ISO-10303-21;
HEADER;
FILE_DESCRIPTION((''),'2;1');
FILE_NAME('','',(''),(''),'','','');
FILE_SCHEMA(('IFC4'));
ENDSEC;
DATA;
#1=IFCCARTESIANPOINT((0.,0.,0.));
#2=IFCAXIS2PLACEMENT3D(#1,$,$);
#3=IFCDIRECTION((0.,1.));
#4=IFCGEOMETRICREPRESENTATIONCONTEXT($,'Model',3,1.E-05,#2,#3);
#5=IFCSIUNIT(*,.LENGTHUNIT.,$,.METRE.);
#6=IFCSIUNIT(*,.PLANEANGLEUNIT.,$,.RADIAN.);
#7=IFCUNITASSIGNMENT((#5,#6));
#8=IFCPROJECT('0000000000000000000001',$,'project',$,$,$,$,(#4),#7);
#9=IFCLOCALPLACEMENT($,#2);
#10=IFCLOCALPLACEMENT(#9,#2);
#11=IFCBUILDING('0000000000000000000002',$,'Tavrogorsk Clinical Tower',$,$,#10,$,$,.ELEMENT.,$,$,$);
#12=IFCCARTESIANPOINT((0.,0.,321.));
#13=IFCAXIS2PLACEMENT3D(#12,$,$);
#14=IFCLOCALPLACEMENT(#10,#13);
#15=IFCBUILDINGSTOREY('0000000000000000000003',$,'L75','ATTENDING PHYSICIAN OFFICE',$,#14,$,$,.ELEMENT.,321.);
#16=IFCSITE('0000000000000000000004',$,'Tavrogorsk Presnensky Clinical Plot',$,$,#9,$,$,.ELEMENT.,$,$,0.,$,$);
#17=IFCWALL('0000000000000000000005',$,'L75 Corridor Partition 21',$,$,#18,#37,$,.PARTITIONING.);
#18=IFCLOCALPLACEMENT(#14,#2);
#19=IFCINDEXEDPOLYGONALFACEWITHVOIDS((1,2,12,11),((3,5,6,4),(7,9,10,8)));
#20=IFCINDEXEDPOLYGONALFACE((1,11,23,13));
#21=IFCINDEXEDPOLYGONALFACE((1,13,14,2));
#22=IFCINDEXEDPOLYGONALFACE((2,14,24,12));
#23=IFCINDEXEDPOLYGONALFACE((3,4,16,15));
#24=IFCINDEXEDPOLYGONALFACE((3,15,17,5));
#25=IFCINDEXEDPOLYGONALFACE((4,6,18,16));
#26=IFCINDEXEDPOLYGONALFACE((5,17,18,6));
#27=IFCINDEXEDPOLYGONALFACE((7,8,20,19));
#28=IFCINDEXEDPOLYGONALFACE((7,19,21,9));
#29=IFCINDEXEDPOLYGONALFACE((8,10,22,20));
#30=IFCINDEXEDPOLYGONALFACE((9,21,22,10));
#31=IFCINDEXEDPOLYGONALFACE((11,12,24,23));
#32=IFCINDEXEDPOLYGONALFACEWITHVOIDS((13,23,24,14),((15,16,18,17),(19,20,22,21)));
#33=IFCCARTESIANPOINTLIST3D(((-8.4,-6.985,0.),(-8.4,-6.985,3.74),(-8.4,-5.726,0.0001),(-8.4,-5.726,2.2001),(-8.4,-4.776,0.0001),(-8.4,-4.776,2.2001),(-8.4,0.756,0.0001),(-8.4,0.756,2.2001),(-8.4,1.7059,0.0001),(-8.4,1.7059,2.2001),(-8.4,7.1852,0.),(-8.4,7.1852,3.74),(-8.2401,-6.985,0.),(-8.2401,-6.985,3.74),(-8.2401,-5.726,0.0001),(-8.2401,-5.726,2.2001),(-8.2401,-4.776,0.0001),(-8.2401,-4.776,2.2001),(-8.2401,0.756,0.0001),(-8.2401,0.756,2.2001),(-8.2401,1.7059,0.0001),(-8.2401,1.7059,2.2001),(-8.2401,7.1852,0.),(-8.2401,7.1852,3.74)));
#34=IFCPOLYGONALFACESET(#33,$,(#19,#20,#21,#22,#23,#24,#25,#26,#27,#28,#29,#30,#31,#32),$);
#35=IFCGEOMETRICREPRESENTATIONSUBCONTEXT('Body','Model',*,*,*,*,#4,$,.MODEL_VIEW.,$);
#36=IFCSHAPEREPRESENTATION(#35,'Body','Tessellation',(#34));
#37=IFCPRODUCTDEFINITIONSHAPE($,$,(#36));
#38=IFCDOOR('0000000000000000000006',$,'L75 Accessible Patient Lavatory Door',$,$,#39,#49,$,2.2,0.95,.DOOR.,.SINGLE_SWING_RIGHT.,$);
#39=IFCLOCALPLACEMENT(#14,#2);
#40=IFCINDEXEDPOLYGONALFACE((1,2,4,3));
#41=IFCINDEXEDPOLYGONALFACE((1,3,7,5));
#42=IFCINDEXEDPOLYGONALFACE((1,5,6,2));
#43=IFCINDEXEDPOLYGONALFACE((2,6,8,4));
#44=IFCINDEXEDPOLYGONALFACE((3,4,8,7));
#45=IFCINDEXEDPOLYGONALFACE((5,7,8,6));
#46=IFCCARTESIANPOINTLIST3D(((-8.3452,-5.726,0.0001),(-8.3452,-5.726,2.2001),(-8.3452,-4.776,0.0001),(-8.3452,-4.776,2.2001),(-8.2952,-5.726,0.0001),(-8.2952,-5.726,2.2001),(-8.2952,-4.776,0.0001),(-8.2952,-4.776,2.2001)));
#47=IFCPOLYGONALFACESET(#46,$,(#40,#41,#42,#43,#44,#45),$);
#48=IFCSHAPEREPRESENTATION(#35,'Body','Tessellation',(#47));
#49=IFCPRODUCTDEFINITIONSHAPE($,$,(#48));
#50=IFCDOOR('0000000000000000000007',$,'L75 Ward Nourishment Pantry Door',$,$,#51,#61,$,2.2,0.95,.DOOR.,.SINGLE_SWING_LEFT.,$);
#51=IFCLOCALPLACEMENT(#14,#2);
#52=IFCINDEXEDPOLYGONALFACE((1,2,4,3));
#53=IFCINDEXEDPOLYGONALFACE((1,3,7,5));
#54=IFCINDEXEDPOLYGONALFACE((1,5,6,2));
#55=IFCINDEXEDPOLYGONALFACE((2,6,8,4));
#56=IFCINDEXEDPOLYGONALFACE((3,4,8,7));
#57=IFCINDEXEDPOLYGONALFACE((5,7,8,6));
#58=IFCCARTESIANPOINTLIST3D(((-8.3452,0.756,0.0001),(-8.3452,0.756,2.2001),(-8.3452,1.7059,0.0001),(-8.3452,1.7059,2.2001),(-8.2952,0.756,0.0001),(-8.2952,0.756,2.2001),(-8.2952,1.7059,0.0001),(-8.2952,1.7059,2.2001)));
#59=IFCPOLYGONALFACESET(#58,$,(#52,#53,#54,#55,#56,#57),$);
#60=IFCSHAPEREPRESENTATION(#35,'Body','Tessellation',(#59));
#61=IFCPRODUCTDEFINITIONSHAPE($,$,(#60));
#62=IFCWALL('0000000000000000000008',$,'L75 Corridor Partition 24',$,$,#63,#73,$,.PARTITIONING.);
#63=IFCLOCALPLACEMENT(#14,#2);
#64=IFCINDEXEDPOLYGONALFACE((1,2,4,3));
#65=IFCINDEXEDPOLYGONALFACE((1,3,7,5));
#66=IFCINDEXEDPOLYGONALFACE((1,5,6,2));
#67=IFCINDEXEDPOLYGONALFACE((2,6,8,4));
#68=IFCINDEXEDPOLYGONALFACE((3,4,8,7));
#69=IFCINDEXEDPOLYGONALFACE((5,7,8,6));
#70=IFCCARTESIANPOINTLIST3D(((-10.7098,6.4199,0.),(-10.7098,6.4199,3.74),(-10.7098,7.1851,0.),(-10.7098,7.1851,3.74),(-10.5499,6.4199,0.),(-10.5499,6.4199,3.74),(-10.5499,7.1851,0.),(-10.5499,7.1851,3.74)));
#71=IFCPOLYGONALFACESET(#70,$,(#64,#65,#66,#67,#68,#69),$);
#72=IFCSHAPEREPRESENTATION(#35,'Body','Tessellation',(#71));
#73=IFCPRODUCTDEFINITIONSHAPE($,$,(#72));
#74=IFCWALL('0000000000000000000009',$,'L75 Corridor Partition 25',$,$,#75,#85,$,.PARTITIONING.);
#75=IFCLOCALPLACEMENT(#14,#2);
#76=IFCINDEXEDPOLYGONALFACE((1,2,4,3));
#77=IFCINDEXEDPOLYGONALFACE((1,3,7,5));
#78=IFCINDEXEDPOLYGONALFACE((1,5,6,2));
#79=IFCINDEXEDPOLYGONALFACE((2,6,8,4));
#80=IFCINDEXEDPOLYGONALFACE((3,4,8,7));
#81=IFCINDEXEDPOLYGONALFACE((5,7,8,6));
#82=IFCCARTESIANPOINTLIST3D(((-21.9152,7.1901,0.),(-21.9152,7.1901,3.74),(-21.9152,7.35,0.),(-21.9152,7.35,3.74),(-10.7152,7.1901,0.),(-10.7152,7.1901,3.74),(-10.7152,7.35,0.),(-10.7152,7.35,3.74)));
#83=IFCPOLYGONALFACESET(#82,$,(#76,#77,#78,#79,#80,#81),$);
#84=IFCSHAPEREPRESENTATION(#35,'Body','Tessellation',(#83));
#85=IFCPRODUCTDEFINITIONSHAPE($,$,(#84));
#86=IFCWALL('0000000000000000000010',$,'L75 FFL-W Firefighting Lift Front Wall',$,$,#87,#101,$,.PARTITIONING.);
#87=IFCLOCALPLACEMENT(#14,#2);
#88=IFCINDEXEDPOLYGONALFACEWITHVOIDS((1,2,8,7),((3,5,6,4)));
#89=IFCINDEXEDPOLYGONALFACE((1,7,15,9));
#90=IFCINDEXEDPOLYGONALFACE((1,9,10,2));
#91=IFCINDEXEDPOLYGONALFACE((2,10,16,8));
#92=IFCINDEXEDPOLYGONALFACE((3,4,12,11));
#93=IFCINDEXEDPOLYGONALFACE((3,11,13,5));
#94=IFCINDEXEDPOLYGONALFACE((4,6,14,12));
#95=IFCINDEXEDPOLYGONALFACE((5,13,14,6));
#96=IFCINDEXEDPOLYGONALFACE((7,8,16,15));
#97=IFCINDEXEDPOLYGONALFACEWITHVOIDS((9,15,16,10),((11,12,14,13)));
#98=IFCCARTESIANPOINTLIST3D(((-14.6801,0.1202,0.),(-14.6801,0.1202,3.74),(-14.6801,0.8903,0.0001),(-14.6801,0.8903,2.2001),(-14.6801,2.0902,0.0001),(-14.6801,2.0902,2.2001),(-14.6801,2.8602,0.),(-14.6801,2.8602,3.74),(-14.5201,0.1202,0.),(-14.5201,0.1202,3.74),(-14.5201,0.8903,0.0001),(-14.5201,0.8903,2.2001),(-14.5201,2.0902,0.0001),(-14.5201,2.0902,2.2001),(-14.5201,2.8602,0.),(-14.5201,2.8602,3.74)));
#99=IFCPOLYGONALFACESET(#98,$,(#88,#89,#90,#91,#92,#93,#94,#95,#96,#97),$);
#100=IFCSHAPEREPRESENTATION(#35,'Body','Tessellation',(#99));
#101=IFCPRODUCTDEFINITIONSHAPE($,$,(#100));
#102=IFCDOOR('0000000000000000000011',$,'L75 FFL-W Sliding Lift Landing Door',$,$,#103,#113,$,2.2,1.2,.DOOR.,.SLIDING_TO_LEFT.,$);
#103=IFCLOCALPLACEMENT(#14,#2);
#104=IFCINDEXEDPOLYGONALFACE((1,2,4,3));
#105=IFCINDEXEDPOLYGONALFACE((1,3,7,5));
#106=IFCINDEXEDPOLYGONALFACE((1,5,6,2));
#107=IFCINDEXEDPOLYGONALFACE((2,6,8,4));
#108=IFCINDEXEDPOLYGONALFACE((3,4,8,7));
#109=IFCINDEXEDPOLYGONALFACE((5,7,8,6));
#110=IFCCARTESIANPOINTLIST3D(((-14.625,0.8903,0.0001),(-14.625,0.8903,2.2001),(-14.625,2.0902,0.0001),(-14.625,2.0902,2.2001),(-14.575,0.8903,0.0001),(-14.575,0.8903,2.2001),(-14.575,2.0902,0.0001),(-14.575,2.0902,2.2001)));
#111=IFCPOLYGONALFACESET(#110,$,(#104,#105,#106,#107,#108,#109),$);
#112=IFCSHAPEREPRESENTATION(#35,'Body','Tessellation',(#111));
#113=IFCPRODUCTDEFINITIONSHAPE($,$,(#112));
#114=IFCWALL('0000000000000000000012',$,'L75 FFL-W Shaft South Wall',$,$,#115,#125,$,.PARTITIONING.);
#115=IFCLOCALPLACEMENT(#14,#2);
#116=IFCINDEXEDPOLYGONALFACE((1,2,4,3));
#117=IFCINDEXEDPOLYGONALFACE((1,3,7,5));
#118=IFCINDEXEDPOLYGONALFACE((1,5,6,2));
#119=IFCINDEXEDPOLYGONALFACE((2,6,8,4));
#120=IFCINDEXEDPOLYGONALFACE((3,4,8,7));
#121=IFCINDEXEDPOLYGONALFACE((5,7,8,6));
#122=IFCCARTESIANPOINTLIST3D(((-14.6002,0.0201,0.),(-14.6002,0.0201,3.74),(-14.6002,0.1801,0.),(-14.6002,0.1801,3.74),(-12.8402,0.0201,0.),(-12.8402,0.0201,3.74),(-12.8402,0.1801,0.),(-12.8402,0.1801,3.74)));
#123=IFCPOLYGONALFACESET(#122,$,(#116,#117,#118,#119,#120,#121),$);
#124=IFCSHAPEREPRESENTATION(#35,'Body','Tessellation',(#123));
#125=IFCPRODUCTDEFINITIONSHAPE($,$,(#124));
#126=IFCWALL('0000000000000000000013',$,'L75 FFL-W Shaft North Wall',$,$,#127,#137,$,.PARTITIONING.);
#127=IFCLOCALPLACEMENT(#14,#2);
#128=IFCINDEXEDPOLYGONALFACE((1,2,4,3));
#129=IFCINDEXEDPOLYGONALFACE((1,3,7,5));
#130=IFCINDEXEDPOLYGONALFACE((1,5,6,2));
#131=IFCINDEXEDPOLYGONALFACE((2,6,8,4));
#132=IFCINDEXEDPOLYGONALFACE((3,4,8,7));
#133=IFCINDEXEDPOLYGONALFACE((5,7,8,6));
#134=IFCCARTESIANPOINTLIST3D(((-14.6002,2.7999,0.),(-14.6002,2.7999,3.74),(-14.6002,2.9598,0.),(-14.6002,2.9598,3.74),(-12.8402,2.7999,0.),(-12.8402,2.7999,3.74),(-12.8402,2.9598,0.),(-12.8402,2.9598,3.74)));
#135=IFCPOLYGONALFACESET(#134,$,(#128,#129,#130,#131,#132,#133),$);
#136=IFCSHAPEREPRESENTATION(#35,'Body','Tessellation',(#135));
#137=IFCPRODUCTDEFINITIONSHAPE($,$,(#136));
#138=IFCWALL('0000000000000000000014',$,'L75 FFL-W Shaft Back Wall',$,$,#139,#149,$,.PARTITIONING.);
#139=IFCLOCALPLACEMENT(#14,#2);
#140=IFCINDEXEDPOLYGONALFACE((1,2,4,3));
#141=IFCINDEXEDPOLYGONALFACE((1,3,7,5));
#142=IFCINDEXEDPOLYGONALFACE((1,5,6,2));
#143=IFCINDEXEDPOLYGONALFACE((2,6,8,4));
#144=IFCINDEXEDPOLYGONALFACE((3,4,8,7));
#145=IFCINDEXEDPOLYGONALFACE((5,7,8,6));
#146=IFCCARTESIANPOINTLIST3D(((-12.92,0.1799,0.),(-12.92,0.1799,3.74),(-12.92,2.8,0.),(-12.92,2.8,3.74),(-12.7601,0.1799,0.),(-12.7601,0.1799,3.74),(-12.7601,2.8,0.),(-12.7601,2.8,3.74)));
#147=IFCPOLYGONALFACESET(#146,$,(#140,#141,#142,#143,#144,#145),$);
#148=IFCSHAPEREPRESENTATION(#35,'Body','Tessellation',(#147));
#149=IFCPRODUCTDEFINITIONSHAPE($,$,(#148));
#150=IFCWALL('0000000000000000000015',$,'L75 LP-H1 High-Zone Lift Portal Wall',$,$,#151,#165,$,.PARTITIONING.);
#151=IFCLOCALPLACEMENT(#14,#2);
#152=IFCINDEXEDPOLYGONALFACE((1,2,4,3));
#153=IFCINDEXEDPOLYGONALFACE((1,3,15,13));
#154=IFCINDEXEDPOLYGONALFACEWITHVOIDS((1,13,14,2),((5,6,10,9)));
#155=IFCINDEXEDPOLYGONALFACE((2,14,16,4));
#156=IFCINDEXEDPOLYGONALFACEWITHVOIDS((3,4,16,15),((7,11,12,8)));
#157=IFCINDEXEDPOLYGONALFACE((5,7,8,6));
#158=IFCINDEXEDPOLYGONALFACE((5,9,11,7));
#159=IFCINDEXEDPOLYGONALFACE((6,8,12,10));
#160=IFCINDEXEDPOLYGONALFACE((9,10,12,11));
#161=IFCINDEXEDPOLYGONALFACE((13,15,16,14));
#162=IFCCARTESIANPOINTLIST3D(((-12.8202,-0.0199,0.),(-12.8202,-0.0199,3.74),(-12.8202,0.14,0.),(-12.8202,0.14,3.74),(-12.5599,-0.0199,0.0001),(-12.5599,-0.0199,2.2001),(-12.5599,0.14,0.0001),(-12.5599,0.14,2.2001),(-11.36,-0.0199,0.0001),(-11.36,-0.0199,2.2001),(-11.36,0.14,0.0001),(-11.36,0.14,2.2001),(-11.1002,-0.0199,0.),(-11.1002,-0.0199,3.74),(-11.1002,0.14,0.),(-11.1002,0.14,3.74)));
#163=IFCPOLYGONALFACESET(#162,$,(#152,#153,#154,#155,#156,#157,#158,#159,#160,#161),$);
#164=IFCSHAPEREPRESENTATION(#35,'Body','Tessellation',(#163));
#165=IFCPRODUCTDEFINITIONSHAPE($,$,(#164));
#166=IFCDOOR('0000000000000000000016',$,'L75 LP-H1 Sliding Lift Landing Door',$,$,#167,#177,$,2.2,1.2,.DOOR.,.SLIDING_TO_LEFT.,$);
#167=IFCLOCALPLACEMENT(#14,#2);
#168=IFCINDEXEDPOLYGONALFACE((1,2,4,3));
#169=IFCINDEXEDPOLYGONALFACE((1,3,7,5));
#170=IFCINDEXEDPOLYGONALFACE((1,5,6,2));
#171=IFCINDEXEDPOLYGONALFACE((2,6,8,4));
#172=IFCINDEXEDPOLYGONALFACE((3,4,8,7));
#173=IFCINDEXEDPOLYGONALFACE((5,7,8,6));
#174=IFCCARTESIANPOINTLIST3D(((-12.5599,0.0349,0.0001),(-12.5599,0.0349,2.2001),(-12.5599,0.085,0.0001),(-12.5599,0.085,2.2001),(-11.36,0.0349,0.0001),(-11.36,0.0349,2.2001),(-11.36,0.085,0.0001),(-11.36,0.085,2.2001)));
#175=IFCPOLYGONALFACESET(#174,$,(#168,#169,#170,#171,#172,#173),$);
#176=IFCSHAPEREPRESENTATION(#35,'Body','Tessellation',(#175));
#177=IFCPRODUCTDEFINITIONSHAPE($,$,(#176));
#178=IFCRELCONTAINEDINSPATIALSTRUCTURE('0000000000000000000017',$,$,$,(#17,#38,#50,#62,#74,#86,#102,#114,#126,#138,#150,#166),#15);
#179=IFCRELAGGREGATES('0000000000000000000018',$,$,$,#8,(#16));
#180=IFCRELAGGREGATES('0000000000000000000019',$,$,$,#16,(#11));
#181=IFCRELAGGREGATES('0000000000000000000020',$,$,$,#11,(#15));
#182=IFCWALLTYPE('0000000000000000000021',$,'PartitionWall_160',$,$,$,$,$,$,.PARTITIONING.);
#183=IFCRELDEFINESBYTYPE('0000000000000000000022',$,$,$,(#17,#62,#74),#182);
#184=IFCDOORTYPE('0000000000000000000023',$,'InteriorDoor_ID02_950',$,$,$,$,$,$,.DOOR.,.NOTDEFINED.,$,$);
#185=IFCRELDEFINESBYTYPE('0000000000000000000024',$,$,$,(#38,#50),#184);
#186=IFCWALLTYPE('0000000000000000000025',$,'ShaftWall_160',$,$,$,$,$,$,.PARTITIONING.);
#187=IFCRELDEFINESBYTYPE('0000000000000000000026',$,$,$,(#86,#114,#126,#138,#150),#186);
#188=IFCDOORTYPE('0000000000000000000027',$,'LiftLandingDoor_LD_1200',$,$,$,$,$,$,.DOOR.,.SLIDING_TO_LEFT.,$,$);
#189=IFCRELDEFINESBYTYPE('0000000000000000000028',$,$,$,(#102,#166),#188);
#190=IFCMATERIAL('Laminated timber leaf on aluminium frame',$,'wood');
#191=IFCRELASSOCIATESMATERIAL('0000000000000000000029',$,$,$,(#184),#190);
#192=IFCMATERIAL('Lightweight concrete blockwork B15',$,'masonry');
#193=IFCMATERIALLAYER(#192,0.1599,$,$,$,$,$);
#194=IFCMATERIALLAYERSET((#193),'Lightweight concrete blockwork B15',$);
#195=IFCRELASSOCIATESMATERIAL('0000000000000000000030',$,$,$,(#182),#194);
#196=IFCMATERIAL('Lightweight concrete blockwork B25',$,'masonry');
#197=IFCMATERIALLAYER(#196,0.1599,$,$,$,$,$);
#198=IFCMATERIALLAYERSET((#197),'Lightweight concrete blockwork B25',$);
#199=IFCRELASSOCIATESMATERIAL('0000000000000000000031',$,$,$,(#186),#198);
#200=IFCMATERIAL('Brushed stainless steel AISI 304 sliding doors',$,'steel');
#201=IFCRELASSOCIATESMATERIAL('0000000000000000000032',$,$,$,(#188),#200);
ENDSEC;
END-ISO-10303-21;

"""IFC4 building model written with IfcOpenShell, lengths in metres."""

from ifc_helpers import new_model, si_unit, direction, frame, frame_2d, origin, place, context, subcontext, project, spatial, rectangle, extrude, material, layer, layer_set, type_object, element, fill, save


model = new_model("IFC4")

# Units and contexts
model_context = context("Model", 3, precision=1e-05, world=origin(), true_north=direction((0.0, 1.0)))
body_context = subcontext(model_context, "Body", "Model", "MODEL_VIEW")
ifc_project = project(units=[si_unit("LENGTHUNIT", "METRE"), si_unit("PLANEANGLEUNIT", "RADIAN")], contexts=[model_context])

# Site, building, storey
site_placement = place(None, origin())
site = spatial("IfcSite", under=ifc_project, at=site_placement, Name="Tavrogorsk Presnensky Clinical Plot", CompositionType="ELEMENT", RefElevation=0.0)
building_placement = place(site_placement, origin())
building = spatial("IfcBuilding", under=site, at=building_placement, Name="Tavrogorsk Clinical Tower", CompositionType="ELEMENT")
storey_placement = place(building_placement, frame((0.0, 0.0, 321.0)))
storey = spatial("IfcBuildingStorey", under=building, at=storey_placement, Name="L75", Description="ATTENDING PHYSICIAN OFFICE", CompositionType="ELEMENT", Elevation=321.0)

# Shared definitions
ifc_material_1 = material(Name="Laminated timber leaf on aluminium frame", Category="wood")
door_type_1 = type_object("IfcDoorType", Name="InteriorDoor_ID02_950", OperationType="NOTDEFINED", PredefinedType="DOOR", material=ifc_material_1)

# Shared definitions
ifc_material_2 = material(Name="Lightweight concrete blockwork B15", Category="masonry")
ifc_layer_1 = layer(ifc_material_2, 0.1599)
ifc_layer_set_1 = layer_set([ifc_layer_1], Name="Lightweight concrete blockwork B15")
wall_type_1 = type_object("IfcWallType", Name="PartitionWall_160", PredefinedType="PARTITIONING", material=ifc_layer_set_1)

# Wall, openings, doors
wall_1_placement = place(storey_placement, frame((-8.3201, 7.1851, 0.0), z_axis=(0.0, 0.0, 1.0), x_axis=(0.0, -1.0, 0.0)))
wall_1 = element("IfcWall", 1, at=wall_1_placement, inside=storey, type_object=wall_type_1, Name="L75 Corridor Partition 21", PredefinedType="PARTITIONING", context=body_context, shape_type="SweptSolid", body=[
    extrude(rectangle(XDim=14.1702, YDim=0.1599, at=frame_2d((7.085, 0.0))), origin(), (0.0, 0.0, 1.0), 3.74),
])
opening_1_placement = place(wall_1_placement, frame((11.9609, 0.0, 0.0)))
opening_1 = element("IfcOpeningElement", 2, at=opening_1_placement, cuts=wall_1, PredefinedType="OPENING", context=body_context, shape_type="SweptSolid", body=[
    extrude(rectangle(XDim=0.95, YDim=2.2, at=frame_2d((0.4751, 1.1001))), frame((0.0, 0.0898, 0.0), z_axis=(0.0, -1.0, 0.0), x_axis=(1.0, 0.0, 0.0)), (0.0, 0.0, 1.0), 0.1799),
])
opening_2_placement = place(wall_1_placement, frame((5.479, 0.0, 0.0)))
opening_2 = element("IfcOpeningElement", 3, at=opening_2_placement, cuts=wall_1, PredefinedType="OPENING", context=body_context, shape_type="SweptSolid", body=[
    extrude(rectangle(XDim=0.95, YDim=2.2, at=frame_2d((0.4751, 1.1001))), frame((0.0, 0.0898, 0.0), z_axis=(0.0, -1.0, 0.0), x_axis=(1.0, 0.0, 0.0)), (0.0, 0.0, 1.0), 0.1799),
])
door_1_placement = place(opening_1_placement, origin())
door_1 = element("IfcDoor", 4, at=door_1_placement, inside=storey, type_object=door_type_1, Name="L75 Accessible Patient Lavatory Door", OperationType="SINGLE_SWING_RIGHT", OverallHeight=2.2, OverallWidth=0.95, PredefinedType="DOOR", context=body_context, shape_type="SweptSolid", body=[
    extrude(rectangle(XDim=0.95, YDim=2.2, at=frame_2d((0.4751, 1.1001))), frame((0.0, 0.0249, 0.0), z_axis=(0.0, -1.0, 0.0), x_axis=(1.0, 0.0, 0.0)), (0.0, 0.0, 1.0), 0.05),
])
fill(opening_1, door_1)
door_2_placement = place(opening_2_placement, origin())
door_2 = element("IfcDoor", 5, at=door_2_placement, inside=storey, type_object=door_type_1, Name="L75 Ward Nourishment Pantry Door", OperationType="SINGLE_SWING_LEFT", OverallHeight=2.2, OverallWidth=0.95, PredefinedType="DOOR", context=body_context, shape_type="SweptSolid", body=[
    extrude(rectangle(XDim=0.95, YDim=2.2, at=frame_2d((0.4751, 1.1001))), frame((0.0, 0.0249, 0.0), z_axis=(0.0, -1.0, 0.0), x_axis=(1.0, 0.0, 0.0)), (0.0, 0.0, 1.0), 0.05),
])
fill(opening_2, door_2)

# Walls
wall_2_placement = place(storey_placement, frame((-10.6299, 6.4199, 0.0), z_axis=(0.0, 0.0, 1.0), x_axis=(0.0, 1.0, 0.0)))
element("IfcWall", 6, at=wall_2_placement, inside=storey, type_object=wall_type_1, Name="L75 Corridor Partition 24", PredefinedType="PARTITIONING", context=body_context, shape_type="SweptSolid", body=[
    extrude(rectangle(XDim=0.7651, YDim=0.1599, at=frame_2d((0.3826, 0.0))), origin(), (0.0, 0.0, 1.0), 3.74),
])
wall_3_placement = place(storey_placement, frame((-10.7151, 7.27, 0.0), z_axis=(0.0, 0.0, 1.0), x_axis=(-1.0, 0.0, 0.0)))
element("IfcWall", 7, at=wall_3_placement, inside=storey, type_object=wall_type_1, Name="L75 Corridor Partition 25", PredefinedType="PARTITIONING", context=body_context, shape_type="SweptSolid", body=[
    extrude(rectangle(XDim=11.2, YDim=0.1599, at=frame_2d((5.6001, 0.0))), origin(), (0.0, 0.0, 1.0), 3.74),
])

# Wall, opening, door
ifc_material_3 = material(Name="Lightweight concrete blockwork B25", Category="masonry")
ifc_layer_2 = layer(ifc_material_3, 0.1599)
ifc_layer_set_2 = layer_set([ifc_layer_2], Name="Lightweight concrete blockwork B25")
wall_type_2 = type_object("IfcWallType", Name="ShaftWall_160", PredefinedType="PARTITIONING", material=ifc_layer_set_2)
wall_4_placement = place(storey_placement, frame((-14.6001, 0.1201, 0.0), z_axis=(0.0, 0.0, 1.0), x_axis=(0.0, 1.0, 0.0)))
wall_4 = element("IfcWall", 8, at=wall_4_placement, inside=storey, type_object=wall_type_2, Name="L75 FFL-W Firefighting Lift Front Wall", PredefinedType="PARTITIONING", context=body_context, shape_type="SweptSolid", body=[
    extrude(rectangle(XDim=2.74, YDim=0.1599, at=frame_2d((1.3701, 0.0))), origin(), (0.0, 0.0, 1.0), 3.74),
])
opening_3_placement = place(wall_4_placement, frame((0.77, 0.0, 0.0)))
opening_3 = element("IfcOpeningElement", 9, at=opening_3_placement, cuts=wall_4, PredefinedType="OPENING", context=body_context, shape_type="SweptSolid", body=[
    extrude(rectangle(XDim=1.2, YDim=2.2, at=frame_2d((0.6001, 1.1001))), frame((0.0, 0.0898, 0.0), z_axis=(0.0, -1.0, 0.0), x_axis=(1.0, 0.0, 0.0)), (0.0, 0.0, 1.0), 0.1799),
])
ifc_material_4 = material(Name="Brushed stainless steel AISI 304 sliding doors", Category="steel")
door_type_2 = type_object("IfcDoorType", Name="LiftLandingDoor_LD_1200", OperationType="SLIDING_TO_LEFT", PredefinedType="DOOR", material=ifc_material_4)
door_3_placement = place(opening_3_placement, origin())
door_3 = element("IfcDoor", 10, at=door_3_placement, inside=storey, type_object=door_type_2, Name="L75 FFL-W Sliding Lift Landing Door", OperationType="SLIDING_TO_LEFT", OverallHeight=2.2, OverallWidth=1.2, PredefinedType="DOOR", context=body_context, shape_type="SweptSolid", body=[
    extrude(rectangle(XDim=1.2, YDim=2.2, at=frame_2d((0.6001, 1.1001))), frame((0.0, 0.0249, 0.0), z_axis=(0.0, -1.0, 0.0), x_axis=(1.0, 0.0, 0.0)), (0.0, 0.0, 1.0), 0.05),
])
fill(opening_3, door_3)

# Walls
for number, where, z_axis, x_axis, name in (
    (11, (-14.6001, 0.1001, 0.0), (0.0, 0.0, 1.0), (1.0, 0.0, 0.0), "L75 FFL-W Shaft South Wall"),
    (12, (-14.6001, 2.8799, 0.0), (0.0, 0.0, 1.0), (1.0, 0.0, 0.0), "L75 FFL-W Shaft North Wall"),
):
    element("IfcWall", number, at=place(storey_placement, frame(where, z_axis=z_axis, x_axis=x_axis)), inside=storey, type_object=wall_type_2, Name=name, PredefinedType="PARTITIONING", context=body_context, shape_type="SweptSolid", body=[
        extrude(rectangle(XDim=1.76, YDim=0.1599, at=frame_2d((0.8799, 0.0))), origin(), (0.0, 0.0, 1.0), 3.74),
    ])
wall_5_placement = place(storey_placement, frame((-12.8401, 0.1799, 0.0), z_axis=(0.0, 0.0, 1.0), x_axis=(0.0, 1.0, 0.0)))
element("IfcWall", 13, at=wall_5_placement, inside=storey, type_object=wall_type_2, Name="L75 FFL-W Shaft Back Wall", PredefinedType="PARTITIONING", context=body_context, shape_type="SweptSolid", body=[
    extrude(rectangle(XDim=2.6201, YDim=0.1599, at=frame_2d((1.3101, 0.0))), origin(), (0.0, 0.0, 1.0), 3.74),
])

# Wall, opening, door
wall_6_placement = place(storey_placement, frame((-12.8201, 0.0601, 0.0), z_axis=(0.0, 0.0, 1.0), x_axis=(1.0, 0.0, 0.0)))
wall_6 = element("IfcWall", 14, at=wall_6_placement, inside=storey, type_object=wall_type_2, Name="L75 LP-H1 High-Zone Lift Portal Wall", PredefinedType="PARTITIONING", context=body_context, shape_type="SweptSolid", body=[
    extrude(rectangle(XDim=1.72, YDim=0.1599, at=frame_2d((0.8599, 0.0))), origin(), (0.0, 0.0, 1.0), 3.74),
])
opening_4_placement = place(wall_6_placement, frame((0.26, 0.0, 0.0)))
opening_4 = element("IfcOpeningElement", 15, at=opening_4_placement, cuts=wall_6, PredefinedType="OPENING", context=body_context, shape_type="SweptSolid", body=[
    extrude(rectangle(XDim=1.2, YDim=2.2, at=frame_2d((0.6001, 1.1001))), frame((0.0, 0.0898, 0.0), z_axis=(0.0, -1.0, 0.0), x_axis=(1.0, 0.0, 0.0)), (0.0, 0.0, 1.0), 0.1799),
])
door_4_placement = place(opening_4_placement, origin())
door_4 = element("IfcDoor", 16, at=door_4_placement, inside=storey, type_object=door_type_2, Name="L75 LP-H1 Sliding Lift Landing Door", OperationType="SLIDING_TO_LEFT", OverallHeight=2.2, OverallWidth=1.2, PredefinedType="DOOR", context=body_context, shape_type="SweptSolid", body=[
    extrude(rectangle(XDim=1.2, YDim=2.2, at=frame_2d((0.6001, 1.1001))), frame((0.0, 0.0249, 0.0), z_axis=(0.0, -1.0, 0.0), x_axis=(1.0, 0.0, 0.0)), (0.0, 0.0, 1.0), 0.05),
])
fill(opening_4, door_4)

save(model, "model.ifc")
